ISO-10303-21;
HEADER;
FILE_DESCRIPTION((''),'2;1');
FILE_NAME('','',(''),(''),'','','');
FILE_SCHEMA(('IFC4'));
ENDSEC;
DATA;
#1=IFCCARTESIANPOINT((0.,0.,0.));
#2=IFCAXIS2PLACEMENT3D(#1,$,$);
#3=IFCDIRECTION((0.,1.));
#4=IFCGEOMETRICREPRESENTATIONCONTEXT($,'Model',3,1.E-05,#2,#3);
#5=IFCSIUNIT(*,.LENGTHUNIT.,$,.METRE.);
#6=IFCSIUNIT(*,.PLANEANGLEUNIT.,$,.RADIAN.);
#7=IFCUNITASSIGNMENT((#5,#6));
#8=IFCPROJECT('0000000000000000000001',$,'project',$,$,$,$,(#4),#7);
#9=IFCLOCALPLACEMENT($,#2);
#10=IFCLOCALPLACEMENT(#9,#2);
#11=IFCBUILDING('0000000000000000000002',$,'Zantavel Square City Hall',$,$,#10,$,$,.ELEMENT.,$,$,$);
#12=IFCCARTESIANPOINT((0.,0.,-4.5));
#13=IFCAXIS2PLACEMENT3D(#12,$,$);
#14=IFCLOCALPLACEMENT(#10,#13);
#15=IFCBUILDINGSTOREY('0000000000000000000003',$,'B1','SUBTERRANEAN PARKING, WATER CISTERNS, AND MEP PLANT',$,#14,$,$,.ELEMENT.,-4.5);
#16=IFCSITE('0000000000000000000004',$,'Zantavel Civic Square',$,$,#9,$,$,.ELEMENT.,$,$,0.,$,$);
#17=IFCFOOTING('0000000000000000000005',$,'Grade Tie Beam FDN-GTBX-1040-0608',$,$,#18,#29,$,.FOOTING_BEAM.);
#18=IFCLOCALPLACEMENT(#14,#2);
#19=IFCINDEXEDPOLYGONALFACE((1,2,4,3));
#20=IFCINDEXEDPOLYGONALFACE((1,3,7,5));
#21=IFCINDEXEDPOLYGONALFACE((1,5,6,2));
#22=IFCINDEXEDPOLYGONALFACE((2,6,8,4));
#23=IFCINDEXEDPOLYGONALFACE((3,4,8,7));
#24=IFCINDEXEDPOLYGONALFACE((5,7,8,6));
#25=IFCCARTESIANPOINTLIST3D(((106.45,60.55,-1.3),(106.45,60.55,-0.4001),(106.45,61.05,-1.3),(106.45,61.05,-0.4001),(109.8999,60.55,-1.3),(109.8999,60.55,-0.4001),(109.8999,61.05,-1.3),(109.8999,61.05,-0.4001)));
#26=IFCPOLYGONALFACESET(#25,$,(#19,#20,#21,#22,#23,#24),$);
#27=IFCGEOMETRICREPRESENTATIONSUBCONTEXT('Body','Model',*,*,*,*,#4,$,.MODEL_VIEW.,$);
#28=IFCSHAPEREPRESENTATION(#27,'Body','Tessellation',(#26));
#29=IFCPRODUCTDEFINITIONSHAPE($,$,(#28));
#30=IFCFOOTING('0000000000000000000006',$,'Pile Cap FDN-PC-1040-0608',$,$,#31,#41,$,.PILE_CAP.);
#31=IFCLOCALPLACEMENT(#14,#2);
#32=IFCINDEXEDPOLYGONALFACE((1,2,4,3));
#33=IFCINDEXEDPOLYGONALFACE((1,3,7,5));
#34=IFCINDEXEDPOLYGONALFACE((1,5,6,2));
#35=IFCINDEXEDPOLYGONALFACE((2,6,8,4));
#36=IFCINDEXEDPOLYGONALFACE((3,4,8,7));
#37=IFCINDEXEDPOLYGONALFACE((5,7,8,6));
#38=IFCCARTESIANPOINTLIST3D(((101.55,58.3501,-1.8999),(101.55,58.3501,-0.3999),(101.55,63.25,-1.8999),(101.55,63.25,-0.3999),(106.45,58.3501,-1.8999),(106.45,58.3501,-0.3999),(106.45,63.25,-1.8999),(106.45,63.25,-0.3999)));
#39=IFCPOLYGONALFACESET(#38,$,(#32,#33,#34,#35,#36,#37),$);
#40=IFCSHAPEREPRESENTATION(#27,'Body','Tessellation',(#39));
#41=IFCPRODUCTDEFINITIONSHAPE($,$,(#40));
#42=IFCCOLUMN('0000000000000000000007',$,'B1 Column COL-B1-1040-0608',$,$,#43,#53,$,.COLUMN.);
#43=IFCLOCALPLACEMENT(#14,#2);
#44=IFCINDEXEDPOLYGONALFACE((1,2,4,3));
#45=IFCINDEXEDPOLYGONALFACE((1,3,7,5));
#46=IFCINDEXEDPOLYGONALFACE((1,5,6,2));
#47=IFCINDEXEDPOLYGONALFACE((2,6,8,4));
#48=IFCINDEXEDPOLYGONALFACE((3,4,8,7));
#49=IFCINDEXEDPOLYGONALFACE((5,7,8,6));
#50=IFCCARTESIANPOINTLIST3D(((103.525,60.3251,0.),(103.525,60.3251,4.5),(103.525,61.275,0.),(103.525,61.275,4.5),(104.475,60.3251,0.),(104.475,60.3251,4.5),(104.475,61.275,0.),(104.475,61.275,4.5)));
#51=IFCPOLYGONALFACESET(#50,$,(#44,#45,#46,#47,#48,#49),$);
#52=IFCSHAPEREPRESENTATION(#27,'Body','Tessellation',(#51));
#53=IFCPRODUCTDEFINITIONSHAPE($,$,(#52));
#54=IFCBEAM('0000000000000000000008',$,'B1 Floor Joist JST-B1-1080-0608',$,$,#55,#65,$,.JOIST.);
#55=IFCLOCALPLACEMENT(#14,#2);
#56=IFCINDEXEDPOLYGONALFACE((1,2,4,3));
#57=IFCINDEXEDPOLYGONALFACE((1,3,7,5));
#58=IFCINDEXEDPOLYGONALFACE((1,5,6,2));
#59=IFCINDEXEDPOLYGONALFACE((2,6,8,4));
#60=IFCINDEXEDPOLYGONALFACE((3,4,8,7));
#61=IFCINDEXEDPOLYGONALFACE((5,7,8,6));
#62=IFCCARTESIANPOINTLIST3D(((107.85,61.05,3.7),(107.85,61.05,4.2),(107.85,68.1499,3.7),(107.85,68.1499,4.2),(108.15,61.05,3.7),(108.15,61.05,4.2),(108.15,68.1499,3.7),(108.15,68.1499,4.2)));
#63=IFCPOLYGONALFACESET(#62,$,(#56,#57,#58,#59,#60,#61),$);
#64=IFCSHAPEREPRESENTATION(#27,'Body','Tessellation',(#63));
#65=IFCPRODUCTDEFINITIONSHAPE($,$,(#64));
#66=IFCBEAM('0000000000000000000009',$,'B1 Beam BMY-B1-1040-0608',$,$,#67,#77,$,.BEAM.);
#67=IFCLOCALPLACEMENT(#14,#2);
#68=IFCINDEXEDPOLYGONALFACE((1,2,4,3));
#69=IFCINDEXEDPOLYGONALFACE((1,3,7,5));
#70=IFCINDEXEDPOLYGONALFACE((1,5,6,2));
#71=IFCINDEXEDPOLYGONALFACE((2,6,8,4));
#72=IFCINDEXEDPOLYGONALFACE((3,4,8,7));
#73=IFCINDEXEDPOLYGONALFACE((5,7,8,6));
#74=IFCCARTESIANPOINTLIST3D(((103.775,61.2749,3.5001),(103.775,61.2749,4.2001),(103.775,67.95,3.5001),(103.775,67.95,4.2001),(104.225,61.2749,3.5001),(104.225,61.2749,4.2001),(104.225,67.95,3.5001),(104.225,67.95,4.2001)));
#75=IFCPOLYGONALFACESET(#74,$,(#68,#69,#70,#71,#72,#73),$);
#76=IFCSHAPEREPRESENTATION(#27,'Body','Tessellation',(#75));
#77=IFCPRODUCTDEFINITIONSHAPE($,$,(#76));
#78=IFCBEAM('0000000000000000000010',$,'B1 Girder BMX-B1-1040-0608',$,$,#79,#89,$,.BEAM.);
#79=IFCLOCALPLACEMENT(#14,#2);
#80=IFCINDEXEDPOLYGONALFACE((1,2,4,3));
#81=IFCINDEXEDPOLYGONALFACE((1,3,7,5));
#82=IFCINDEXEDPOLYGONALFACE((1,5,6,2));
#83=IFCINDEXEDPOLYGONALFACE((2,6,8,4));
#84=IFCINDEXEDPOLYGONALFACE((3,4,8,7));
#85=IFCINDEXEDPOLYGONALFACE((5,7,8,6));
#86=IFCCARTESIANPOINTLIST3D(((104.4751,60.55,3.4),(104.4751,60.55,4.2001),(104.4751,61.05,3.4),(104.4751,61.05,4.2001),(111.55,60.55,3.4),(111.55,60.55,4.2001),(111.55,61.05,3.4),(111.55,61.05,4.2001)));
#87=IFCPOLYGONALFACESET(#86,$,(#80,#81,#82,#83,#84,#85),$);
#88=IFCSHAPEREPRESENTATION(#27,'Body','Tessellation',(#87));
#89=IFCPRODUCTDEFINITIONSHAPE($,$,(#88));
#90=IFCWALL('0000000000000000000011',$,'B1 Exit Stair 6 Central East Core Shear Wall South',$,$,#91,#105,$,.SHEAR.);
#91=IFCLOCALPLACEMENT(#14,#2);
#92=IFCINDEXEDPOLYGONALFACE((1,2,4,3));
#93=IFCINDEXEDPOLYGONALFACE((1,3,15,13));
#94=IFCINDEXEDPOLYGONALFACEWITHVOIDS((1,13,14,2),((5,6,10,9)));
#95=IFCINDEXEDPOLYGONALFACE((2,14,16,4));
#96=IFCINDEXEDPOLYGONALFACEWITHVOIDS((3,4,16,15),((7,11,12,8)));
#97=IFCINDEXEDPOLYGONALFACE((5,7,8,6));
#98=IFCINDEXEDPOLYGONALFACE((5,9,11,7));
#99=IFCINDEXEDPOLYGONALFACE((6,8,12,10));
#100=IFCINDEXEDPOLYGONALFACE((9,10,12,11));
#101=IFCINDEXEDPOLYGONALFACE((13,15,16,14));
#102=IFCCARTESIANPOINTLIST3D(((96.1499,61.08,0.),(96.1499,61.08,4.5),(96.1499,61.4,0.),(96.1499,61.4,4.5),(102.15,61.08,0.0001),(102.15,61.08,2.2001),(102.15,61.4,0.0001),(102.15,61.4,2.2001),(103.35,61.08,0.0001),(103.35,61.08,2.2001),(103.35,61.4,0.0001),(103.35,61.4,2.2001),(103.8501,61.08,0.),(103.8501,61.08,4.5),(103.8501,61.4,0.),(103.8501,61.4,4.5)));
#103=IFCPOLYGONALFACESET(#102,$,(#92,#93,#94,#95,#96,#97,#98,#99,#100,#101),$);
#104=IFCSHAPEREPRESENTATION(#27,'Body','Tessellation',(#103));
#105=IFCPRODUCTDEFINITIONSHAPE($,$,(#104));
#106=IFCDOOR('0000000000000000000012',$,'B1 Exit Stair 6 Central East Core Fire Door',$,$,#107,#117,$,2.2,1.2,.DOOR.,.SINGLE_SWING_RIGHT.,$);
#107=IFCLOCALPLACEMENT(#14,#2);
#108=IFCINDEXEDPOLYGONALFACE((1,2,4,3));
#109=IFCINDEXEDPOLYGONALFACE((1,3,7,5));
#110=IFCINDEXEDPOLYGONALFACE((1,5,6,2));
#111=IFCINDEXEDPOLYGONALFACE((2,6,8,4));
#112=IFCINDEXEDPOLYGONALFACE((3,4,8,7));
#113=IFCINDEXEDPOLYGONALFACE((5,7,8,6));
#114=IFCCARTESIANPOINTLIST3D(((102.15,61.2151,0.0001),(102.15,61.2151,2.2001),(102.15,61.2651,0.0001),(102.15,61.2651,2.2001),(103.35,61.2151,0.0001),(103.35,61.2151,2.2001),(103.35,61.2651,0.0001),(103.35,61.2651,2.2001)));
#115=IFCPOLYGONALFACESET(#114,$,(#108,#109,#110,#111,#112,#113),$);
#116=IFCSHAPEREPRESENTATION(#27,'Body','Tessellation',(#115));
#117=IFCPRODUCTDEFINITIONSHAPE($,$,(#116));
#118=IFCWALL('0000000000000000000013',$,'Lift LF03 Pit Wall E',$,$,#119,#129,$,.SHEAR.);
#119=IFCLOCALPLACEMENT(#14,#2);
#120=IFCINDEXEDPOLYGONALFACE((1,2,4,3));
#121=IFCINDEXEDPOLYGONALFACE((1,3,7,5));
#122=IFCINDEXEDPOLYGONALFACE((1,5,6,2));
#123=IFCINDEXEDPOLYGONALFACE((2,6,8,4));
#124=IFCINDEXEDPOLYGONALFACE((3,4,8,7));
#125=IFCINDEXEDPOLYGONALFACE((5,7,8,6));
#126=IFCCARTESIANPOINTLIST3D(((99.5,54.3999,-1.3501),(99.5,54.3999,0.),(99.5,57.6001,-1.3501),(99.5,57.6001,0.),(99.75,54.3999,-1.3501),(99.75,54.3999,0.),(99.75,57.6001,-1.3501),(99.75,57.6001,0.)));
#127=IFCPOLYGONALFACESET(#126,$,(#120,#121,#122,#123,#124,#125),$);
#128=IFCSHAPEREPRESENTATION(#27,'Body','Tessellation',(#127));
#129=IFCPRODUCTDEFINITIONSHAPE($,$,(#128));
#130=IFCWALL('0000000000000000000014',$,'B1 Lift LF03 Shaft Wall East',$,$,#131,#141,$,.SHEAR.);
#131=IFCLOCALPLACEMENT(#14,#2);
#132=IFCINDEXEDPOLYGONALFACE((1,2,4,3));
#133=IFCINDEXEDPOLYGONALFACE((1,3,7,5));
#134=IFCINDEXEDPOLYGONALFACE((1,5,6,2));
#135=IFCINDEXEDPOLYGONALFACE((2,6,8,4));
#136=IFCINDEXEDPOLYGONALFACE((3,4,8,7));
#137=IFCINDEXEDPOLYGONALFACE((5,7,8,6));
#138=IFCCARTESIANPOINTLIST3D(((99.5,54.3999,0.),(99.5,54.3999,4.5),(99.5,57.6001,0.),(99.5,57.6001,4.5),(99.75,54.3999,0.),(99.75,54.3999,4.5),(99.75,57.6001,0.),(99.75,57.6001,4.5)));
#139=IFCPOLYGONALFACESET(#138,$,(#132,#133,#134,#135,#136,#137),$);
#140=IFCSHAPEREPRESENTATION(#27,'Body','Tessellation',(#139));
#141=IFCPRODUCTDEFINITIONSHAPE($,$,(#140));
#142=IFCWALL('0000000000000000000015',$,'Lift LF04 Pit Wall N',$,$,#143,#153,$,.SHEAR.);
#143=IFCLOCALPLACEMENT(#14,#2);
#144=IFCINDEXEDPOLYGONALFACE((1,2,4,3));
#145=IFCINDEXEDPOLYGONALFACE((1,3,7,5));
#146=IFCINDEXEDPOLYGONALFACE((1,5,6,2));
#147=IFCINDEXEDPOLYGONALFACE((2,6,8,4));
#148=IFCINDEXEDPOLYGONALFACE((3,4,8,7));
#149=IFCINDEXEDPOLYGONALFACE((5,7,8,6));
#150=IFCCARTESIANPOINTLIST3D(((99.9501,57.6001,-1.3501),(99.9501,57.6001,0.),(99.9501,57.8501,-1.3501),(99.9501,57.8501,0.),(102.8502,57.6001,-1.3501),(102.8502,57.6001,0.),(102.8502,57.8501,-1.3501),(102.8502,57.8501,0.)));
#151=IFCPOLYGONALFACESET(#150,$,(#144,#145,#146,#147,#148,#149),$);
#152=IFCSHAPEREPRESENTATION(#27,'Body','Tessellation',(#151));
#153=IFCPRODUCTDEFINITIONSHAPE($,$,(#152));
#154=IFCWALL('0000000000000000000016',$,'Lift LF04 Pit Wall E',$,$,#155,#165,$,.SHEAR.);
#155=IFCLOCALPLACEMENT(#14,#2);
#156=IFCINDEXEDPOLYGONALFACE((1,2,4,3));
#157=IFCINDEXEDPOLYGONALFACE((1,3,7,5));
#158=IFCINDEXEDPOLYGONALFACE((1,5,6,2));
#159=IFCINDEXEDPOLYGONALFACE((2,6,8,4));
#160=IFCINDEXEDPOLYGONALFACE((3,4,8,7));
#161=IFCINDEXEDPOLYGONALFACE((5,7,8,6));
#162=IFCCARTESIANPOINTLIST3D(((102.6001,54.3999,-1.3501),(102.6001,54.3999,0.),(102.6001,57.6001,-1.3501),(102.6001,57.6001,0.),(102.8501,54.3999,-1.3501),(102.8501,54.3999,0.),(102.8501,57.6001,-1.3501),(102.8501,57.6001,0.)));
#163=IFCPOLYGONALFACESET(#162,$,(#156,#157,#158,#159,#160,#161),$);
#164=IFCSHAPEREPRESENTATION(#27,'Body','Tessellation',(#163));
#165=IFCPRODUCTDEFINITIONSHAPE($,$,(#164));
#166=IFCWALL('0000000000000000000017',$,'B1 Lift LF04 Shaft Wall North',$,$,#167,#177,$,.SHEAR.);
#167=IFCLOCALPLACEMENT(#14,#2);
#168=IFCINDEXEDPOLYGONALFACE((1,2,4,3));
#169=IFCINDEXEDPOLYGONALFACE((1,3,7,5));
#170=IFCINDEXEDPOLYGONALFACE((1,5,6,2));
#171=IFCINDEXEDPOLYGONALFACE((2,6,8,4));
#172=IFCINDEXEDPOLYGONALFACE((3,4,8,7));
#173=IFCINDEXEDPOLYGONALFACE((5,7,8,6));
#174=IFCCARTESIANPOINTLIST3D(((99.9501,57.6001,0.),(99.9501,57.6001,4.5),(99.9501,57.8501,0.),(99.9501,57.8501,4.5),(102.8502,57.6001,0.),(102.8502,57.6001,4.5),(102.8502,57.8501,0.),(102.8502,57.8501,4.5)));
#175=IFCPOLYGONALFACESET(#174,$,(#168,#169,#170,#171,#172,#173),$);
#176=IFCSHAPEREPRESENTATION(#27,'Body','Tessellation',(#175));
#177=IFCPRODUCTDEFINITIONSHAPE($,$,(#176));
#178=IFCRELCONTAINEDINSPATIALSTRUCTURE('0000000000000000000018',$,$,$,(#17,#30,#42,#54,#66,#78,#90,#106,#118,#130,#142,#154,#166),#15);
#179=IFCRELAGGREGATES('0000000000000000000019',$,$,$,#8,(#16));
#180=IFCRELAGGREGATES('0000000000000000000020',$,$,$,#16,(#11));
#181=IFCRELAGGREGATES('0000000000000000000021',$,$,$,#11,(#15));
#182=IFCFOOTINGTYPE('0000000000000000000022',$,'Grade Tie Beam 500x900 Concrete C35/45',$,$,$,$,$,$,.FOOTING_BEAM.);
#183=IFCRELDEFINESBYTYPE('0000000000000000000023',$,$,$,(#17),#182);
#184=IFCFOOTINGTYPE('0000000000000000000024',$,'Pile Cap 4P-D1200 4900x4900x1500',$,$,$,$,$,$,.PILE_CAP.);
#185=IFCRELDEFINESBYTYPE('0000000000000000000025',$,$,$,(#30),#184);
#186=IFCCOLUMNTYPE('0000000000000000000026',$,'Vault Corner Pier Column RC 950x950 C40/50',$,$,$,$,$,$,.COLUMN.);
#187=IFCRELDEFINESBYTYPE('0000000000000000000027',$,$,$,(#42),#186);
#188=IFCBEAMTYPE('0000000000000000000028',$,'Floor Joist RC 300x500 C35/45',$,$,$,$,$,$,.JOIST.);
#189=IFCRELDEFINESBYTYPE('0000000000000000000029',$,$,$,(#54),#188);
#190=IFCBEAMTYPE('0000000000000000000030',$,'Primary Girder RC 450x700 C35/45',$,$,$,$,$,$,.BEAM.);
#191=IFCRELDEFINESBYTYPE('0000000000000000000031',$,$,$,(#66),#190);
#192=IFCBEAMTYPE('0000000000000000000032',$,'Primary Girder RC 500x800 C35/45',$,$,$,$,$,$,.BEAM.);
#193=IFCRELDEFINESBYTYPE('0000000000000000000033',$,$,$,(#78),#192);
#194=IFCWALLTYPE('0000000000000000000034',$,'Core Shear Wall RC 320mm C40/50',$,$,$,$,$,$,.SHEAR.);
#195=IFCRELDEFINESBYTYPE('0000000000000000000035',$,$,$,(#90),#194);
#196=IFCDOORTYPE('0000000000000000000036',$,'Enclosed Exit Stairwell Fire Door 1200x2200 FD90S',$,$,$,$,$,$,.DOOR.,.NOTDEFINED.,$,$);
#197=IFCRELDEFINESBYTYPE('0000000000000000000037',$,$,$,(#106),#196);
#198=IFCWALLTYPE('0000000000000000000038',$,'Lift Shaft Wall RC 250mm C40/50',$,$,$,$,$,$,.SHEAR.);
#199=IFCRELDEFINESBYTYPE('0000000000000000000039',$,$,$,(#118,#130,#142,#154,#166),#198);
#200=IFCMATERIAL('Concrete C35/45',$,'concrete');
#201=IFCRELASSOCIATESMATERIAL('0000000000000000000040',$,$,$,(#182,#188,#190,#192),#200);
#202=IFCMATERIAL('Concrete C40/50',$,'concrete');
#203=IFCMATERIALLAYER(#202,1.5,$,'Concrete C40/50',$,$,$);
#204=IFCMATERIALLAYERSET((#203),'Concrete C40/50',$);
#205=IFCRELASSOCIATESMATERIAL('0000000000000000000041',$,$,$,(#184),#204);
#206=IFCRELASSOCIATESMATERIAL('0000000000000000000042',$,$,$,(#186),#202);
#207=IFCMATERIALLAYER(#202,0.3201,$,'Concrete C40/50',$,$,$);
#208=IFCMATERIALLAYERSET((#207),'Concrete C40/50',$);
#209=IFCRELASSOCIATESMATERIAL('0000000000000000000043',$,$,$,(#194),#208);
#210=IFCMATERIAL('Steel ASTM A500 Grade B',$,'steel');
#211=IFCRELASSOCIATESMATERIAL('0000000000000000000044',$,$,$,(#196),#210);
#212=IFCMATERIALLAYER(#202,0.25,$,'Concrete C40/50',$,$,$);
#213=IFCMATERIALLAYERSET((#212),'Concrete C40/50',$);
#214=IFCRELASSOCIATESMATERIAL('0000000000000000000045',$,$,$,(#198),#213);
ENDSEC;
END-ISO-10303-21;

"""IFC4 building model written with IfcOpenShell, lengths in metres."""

from ifc_helpers import new_model, si_unit, direction, frame, frame_2d, origin, origin_2d, place, context, subcontext, project, spatial, rectangle, extrude, material, layer, layer_set, material_profile, profile_set, type_object, element, fill, save


model = new_model("IFC4")

# Units and contexts
model_context = context("Model", 3, precision=1e-05, world=origin(), true_north=direction((0.0, 1.0)))
body_context = subcontext(model_context, "Body", "Model", "MODEL_VIEW")
ifc_project = project(units=[si_unit("LENGTHUNIT", "METRE"), si_unit("PLANEANGLEUNIT", "RADIAN")], contexts=[model_context])

# Site, building, storey
site_placement = place(None, origin())
site = spatial("IfcSite", under=ifc_project, at=site_placement, Name="Zantavel Civic Square", CompositionType="ELEMENT", RefElevation=0.0)
building_placement = place(site_placement, origin())
building = spatial("IfcBuilding", under=site, at=building_placement, Name="Zantavel Square City Hall", CompositionType="ELEMENT")
storey_placement = place(building_placement, frame((0.0, 0.0, -4.5)))
storey = spatial("IfcBuildingStorey", under=building, at=storey_placement, Name="B1", Description="SUBTERRANEAN PARKING, WATER CISTERNS, AND MEP PLANT", CompositionType="ELEMENT", Elevation=-4.5)

# Shared definitions
ifc_material_1 = material(Name="Concrete C35/45", Category="concrete")

# Footings
ifc_material_profile_1 = material_profile(ifc_material_1, rectangle(XDim=0.5, YDim=0.8999, at=origin_2d()), Name="RC 500x900")
ifc_profile_set_1 = profile_set([ifc_material_profile_1], Name="Concrete C35/45")
footing_type_1 = type_object("IfcFootingType", Name="Grade Tie Beam 500x900 Concrete C35/45", PredefinedType="FOOTING_BEAM", material=ifc_profile_set_1)
footing_1_placement = place(storey_placement, frame((106.45, 60.8, -0.8501), z_axis=(1.0, 0.0, 0.0), x_axis=(0.0, 1.0, 0.0)))
element("IfcFooting", 1, at=footing_1_placement, inside=storey, type_object=footing_type_1, Name="Grade Tie Beam FDN-GTBX-1040-0608", PredefinedType="FOOTING_BEAM", context=body_context, shape_type="SweptSolid", body=[
    extrude(rectangle(XDim=0.5, YDim=0.8999, at=origin_2d()), origin(), (0.0, 0.0, 1.0), 3.45),
])
ifc_material_2 = material(Name="Concrete C40/50", Category="concrete")
ifc_layer_1 = layer(ifc_material_2, 1.5, Name="Concrete C40/50")
ifc_layer_set_1 = layer_set([ifc_layer_1], Name="Concrete C40/50")
footing_type_2 = type_object("IfcFootingType", Name="Pile Cap 4P-D1200 4900x4900x1500", PredefinedType="PILE_CAP", material=ifc_layer_set_1)
footing_2_placement = place(storey_placement, frame((104.0, 60.8, -1.8999), z_axis=(0.0, 0.0, 1.0), x_axis=(1.0, 0.0, 0.0)))
element("IfcFooting", 2, at=footing_2_placement, inside=storey, type_object=footing_type_2, Name="Pile Cap FDN-PC-1040-0608", PredefinedType="PILE_CAP", context=body_context, shape_type="SweptSolid", body=[
    extrude(rectangle(XDim=4.8999, YDim=4.8999, at=origin_2d()), origin(), (0.0, 0.0, 1.0), 1.5),
])

# Column
ifc_material_profile_2 = material_profile(ifc_material_2, rectangle(XDim=0.95, YDim=0.95, at=origin_2d()), Name="RC 950x950")
ifc_profile_set_2 = profile_set([ifc_material_profile_2], Name="Concrete C40/50")
column_type = type_object("IfcColumnType", Name="Vault Corner Pier Column RC 950x950 C40/50", PredefinedType="COLUMN", material=ifc_profile_set_2)
column_placement = place(storey_placement, frame((104.0, 60.8, 0.0), z_axis=(0.0, 0.0, 1.0), x_axis=(1.0, 0.0, 0.0)))
element("IfcColumn", 3, at=column_placement, inside=storey, type_object=column_type, Name="B1 Column COL-B1-1040-0608", PredefinedType="COLUMN", context=body_context, shape_type="SweptSolid", body=[
    extrude(rectangle(XDim=0.95, YDim=0.95, at=origin_2d()), origin(), (0.0, 0.0, 1.0), 4.5),
])

# Beams
ifc_material_profile_3 = material_profile(ifc_material_1, rectangle(XDim=0.3, YDim=0.5, at=origin_2d()), Name="RC 300x500")
ifc_profile_set_3 = profile_set([ifc_material_profile_3], Name="Concrete C35/45")
beam_type_1 = type_object("IfcBeamType", Name="Floor Joist RC 300x500 C35/45", PredefinedType="JOIST", material=ifc_profile_set_3)
beam_1_placement = place(storey_placement, frame((108.0, 61.05, 3.95), z_axis=(0.0, 1.0, 0.0), x_axis=(-1.0, 0.0, 0.0)))
element("IfcBeam", 4, at=beam_1_placement, inside=storey, type_object=beam_type_1, Name="B1 Floor Joist JST-B1-1080-0608", PredefinedType="JOIST", context=body_context, shape_type="SweptSolid", body=[
    extrude(rectangle(XDim=0.3, YDim=0.5, at=origin_2d()), origin(), (0.0, 0.0, 1.0), 7.0999),
])
ifc_material_profile_4 = material_profile(ifc_material_1, rectangle(XDim=0.45, YDim=0.7, at=origin_2d()), Name="RC 450x700")
ifc_profile_set_4 = profile_set([ifc_material_profile_4], Name="Concrete C35/45")
beam_type_2 = type_object("IfcBeamType", Name="Primary Girder RC 450x700 C35/45", PredefinedType="BEAM", material=ifc_profile_set_4)
beam_2_placement = place(storey_placement, frame((104.0, 61.2749, 3.8501), z_axis=(0.0, 1.0, 0.0), x_axis=(-1.0, 0.0, 0.0)))
element("IfcBeam", 5, at=beam_2_placement, inside=storey, type_object=beam_type_2, Name="B1 Beam BMY-B1-1040-0608", PredefinedType="BEAM", context=body_context, shape_type="SweptSolid", body=[
    extrude(rectangle(XDim=0.45, YDim=0.7, at=origin_2d()), origin(), (0.0, 0.0, 1.0), 6.675),
])
ifc_material_profile_5 = material_profile(ifc_material_1, rectangle(XDim=0.5, YDim=0.8, at=origin_2d()), Name="RC 500x800")
ifc_profile_set_5 = profile_set([ifc_material_profile_5], Name="Concrete C35/45")
beam_type_3 = type_object("IfcBeamType", Name="Primary Girder RC 500x800 C35/45", PredefinedType="BEAM", material=ifc_profile_set_5)
beam_3_placement = place(storey_placement, frame((104.4751, 60.8, 3.8), z_axis=(1.0, 0.0, 0.0), x_axis=(0.0, 1.0, 0.0)))
element("IfcBeam", 6, at=beam_3_placement, inside=storey, type_object=beam_type_3, Name="B1 Girder BMX-B1-1040-0608", PredefinedType="BEAM", context=body_context, shape_type="SweptSolid", body=[
    extrude(rectangle(XDim=0.5, YDim=0.8, at=origin_2d()), origin(), (0.0, 0.0, 1.0), 7.075),
])

# Wall, opening, door
ifc_layer_2 = layer(ifc_material_2, 0.3201, Name="Concrete C40/50")
ifc_layer_set_2 = layer_set([ifc_layer_2], Name="Concrete C40/50")
wall_type_1 = type_object("IfcWallType", Name="Core Shear Wall RC 320mm C40/50", PredefinedType="SHEAR", material=ifc_layer_set_2)
wall_1_placement = place(storey_placement, frame((103.8501, 61.24, 0.0), z_axis=(0.0, 0.0, 1.0), x_axis=(-1.0, 0.0, 0.0)))
wall_1 = element("IfcWall", 7, at=wall_1_placement, inside=storey, type_object=wall_type_1, Name="B1 Exit Stair 6 Central East Core Shear Wall South", PredefinedType="SHEAR", context=body_context, shape_type="SweptSolid", body=[
    extrude(rectangle(XDim=7.7002, YDim=0.3201, at=frame_2d((3.8501, 0.0))), origin(), (0.0, 0.0, 1.0), 4.5),
])
opening_placement = place(wall_1_placement, frame((0.5, 0.0, 0.0)))
opening = element("IfcOpeningElement", 8, at=opening_placement, cuts=wall_1, PredefinedType="OPENING", context=body_context, shape_type="SweptSolid", body=[
    extrude(rectangle(XDim=1.2, YDim=2.2, at=frame_2d((0.6001, 1.1001))), frame((0.0, 0.1699, 0.0), z_axis=(0.0, -1.0, 0.0), x_axis=(1.0, 0.0, 0.0)), (0.0, 0.0, 1.0), 0.3401),
])
ifc_material_3 = material(Name="Steel ASTM A500 Grade B", Category="steel")
door_type = type_object("IfcDoorType", Name="Enclosed Exit Stairwell Fire Door 1200x2200 FD90S", OperationType="NOTDEFINED", PredefinedType="DOOR", material=ifc_material_3)
door_placement = place(opening_placement, origin())
door = element("IfcDoor", 9, at=door_placement, inside=storey, type_object=door_type, Name="B1 Exit Stair 6 Central East Core Fire Door", OperationType="SINGLE_SWING_RIGHT", OverallHeight=2.2, OverallWidth=1.2, PredefinedType="DOOR", context=body_context, shape_type="SweptSolid", body=[
    extrude(rectangle(XDim=1.2, YDim=2.2, at=frame_2d((0.6001, 1.1001))), frame((0.0, 0.0249, 0.0), z_axis=(0.0, -1.0, 0.0), x_axis=(1.0, 0.0, 0.0)), (0.0, 0.0, 1.0), 0.05),
])
fill(opening, door)

# Walls
ifc_layer_3 = layer(ifc_material_2, 0.25, Name="Concrete C40/50")
ifc_layer_set_3 = layer_set([ifc_layer_3], Name="Concrete C40/50")
wall_type_2 = type_object("IfcWallType", Name="Lift Shaft Wall RC 250mm C40/50", PredefinedType="SHEAR", material=ifc_layer_set_3)
wall_2_placement = place(storey_placement, frame((99.625, 57.6001, -1.3501), z_axis=(0.0, 0.0, 1.0), x_axis=(0.0, -1.0, 0.0)))
element("IfcWall", 10, at=wall_2_placement, inside=storey, type_object=wall_type_2, Name="Lift LF03 Pit Wall E", PredefinedType="SHEAR", context=body_context, shape_type="SweptSolid", body=[
    extrude(rectangle(XDim=3.2002, YDim=0.25, at=frame_2d((1.6001, 0.0))), origin(), (0.0, 0.0, 1.0), 1.3501),
])
wall_3_placement = place(storey_placement, frame((99.625, 57.6001, 0.0), z_axis=(0.0, 0.0, 1.0), x_axis=(0.0, -1.0, 0.0)))
element("IfcWall", 11, at=wall_3_placement, inside=storey, type_object=wall_type_2, Name="B1 Lift LF03 Shaft Wall East", PredefinedType="SHEAR", context=body_context, shape_type="SweptSolid", body=[
    extrude(rectangle(XDim=3.2002, YDim=0.25, at=frame_2d((1.6001, 0.0))), origin(), (0.0, 0.0, 1.0), 4.5),
])
wall_4_placement = place(storey_placement, frame((99.95, 57.7251, -1.3501), z_axis=(0.0, 0.0, 1.0), x_axis=(1.0, 0.0, 0.0)))
element("IfcWall", 12, at=wall_4_placement, inside=storey, type_object=wall_type_2, Name="Lift LF04 Pit Wall N", PredefinedType="SHEAR", context=body_context, shape_type="SweptSolid", body=[
    extrude(rectangle(XDim=2.9001, YDim=0.25, at=frame_2d((1.4502, 0.0))), origin(), (0.0, 0.0, 1.0), 1.3501),
])
wall_5_placement = place(storey_placement, frame((102.7251, 57.6001, -1.3501), z_axis=(0.0, 0.0, 1.0), x_axis=(0.0, -1.0, 0.0)))
element("IfcWall", 13, at=wall_5_placement, inside=storey, type_object=wall_type_2, Name="Lift LF04 Pit Wall E", PredefinedType="SHEAR", context=body_context, shape_type="SweptSolid", body=[
    extrude(rectangle(XDim=3.2002, YDim=0.25, at=frame_2d((1.6001, 0.0))), origin(), (0.0, 0.0, 1.0), 1.3501),
])
wall_6_placement = place(storey_placement, frame((99.95, 57.7251, 0.0), z_axis=(0.0, 0.0, 1.0), x_axis=(1.0, 0.0, 0.0)))
element("IfcWall", 14, at=wall_6_placement, inside=storey, type_object=wall_type_2, Name="B1 Lift LF04 Shaft Wall North", PredefinedType="SHEAR", context=body_context, shape_type="SweptSolid", body=[
    extrude(rectangle(XDim=2.9001, YDim=0.25, at=frame_2d((1.4502, 0.0))), origin(), (0.0, 0.0, 1.0), 4.5),
])

save(model, "model.ifc")
